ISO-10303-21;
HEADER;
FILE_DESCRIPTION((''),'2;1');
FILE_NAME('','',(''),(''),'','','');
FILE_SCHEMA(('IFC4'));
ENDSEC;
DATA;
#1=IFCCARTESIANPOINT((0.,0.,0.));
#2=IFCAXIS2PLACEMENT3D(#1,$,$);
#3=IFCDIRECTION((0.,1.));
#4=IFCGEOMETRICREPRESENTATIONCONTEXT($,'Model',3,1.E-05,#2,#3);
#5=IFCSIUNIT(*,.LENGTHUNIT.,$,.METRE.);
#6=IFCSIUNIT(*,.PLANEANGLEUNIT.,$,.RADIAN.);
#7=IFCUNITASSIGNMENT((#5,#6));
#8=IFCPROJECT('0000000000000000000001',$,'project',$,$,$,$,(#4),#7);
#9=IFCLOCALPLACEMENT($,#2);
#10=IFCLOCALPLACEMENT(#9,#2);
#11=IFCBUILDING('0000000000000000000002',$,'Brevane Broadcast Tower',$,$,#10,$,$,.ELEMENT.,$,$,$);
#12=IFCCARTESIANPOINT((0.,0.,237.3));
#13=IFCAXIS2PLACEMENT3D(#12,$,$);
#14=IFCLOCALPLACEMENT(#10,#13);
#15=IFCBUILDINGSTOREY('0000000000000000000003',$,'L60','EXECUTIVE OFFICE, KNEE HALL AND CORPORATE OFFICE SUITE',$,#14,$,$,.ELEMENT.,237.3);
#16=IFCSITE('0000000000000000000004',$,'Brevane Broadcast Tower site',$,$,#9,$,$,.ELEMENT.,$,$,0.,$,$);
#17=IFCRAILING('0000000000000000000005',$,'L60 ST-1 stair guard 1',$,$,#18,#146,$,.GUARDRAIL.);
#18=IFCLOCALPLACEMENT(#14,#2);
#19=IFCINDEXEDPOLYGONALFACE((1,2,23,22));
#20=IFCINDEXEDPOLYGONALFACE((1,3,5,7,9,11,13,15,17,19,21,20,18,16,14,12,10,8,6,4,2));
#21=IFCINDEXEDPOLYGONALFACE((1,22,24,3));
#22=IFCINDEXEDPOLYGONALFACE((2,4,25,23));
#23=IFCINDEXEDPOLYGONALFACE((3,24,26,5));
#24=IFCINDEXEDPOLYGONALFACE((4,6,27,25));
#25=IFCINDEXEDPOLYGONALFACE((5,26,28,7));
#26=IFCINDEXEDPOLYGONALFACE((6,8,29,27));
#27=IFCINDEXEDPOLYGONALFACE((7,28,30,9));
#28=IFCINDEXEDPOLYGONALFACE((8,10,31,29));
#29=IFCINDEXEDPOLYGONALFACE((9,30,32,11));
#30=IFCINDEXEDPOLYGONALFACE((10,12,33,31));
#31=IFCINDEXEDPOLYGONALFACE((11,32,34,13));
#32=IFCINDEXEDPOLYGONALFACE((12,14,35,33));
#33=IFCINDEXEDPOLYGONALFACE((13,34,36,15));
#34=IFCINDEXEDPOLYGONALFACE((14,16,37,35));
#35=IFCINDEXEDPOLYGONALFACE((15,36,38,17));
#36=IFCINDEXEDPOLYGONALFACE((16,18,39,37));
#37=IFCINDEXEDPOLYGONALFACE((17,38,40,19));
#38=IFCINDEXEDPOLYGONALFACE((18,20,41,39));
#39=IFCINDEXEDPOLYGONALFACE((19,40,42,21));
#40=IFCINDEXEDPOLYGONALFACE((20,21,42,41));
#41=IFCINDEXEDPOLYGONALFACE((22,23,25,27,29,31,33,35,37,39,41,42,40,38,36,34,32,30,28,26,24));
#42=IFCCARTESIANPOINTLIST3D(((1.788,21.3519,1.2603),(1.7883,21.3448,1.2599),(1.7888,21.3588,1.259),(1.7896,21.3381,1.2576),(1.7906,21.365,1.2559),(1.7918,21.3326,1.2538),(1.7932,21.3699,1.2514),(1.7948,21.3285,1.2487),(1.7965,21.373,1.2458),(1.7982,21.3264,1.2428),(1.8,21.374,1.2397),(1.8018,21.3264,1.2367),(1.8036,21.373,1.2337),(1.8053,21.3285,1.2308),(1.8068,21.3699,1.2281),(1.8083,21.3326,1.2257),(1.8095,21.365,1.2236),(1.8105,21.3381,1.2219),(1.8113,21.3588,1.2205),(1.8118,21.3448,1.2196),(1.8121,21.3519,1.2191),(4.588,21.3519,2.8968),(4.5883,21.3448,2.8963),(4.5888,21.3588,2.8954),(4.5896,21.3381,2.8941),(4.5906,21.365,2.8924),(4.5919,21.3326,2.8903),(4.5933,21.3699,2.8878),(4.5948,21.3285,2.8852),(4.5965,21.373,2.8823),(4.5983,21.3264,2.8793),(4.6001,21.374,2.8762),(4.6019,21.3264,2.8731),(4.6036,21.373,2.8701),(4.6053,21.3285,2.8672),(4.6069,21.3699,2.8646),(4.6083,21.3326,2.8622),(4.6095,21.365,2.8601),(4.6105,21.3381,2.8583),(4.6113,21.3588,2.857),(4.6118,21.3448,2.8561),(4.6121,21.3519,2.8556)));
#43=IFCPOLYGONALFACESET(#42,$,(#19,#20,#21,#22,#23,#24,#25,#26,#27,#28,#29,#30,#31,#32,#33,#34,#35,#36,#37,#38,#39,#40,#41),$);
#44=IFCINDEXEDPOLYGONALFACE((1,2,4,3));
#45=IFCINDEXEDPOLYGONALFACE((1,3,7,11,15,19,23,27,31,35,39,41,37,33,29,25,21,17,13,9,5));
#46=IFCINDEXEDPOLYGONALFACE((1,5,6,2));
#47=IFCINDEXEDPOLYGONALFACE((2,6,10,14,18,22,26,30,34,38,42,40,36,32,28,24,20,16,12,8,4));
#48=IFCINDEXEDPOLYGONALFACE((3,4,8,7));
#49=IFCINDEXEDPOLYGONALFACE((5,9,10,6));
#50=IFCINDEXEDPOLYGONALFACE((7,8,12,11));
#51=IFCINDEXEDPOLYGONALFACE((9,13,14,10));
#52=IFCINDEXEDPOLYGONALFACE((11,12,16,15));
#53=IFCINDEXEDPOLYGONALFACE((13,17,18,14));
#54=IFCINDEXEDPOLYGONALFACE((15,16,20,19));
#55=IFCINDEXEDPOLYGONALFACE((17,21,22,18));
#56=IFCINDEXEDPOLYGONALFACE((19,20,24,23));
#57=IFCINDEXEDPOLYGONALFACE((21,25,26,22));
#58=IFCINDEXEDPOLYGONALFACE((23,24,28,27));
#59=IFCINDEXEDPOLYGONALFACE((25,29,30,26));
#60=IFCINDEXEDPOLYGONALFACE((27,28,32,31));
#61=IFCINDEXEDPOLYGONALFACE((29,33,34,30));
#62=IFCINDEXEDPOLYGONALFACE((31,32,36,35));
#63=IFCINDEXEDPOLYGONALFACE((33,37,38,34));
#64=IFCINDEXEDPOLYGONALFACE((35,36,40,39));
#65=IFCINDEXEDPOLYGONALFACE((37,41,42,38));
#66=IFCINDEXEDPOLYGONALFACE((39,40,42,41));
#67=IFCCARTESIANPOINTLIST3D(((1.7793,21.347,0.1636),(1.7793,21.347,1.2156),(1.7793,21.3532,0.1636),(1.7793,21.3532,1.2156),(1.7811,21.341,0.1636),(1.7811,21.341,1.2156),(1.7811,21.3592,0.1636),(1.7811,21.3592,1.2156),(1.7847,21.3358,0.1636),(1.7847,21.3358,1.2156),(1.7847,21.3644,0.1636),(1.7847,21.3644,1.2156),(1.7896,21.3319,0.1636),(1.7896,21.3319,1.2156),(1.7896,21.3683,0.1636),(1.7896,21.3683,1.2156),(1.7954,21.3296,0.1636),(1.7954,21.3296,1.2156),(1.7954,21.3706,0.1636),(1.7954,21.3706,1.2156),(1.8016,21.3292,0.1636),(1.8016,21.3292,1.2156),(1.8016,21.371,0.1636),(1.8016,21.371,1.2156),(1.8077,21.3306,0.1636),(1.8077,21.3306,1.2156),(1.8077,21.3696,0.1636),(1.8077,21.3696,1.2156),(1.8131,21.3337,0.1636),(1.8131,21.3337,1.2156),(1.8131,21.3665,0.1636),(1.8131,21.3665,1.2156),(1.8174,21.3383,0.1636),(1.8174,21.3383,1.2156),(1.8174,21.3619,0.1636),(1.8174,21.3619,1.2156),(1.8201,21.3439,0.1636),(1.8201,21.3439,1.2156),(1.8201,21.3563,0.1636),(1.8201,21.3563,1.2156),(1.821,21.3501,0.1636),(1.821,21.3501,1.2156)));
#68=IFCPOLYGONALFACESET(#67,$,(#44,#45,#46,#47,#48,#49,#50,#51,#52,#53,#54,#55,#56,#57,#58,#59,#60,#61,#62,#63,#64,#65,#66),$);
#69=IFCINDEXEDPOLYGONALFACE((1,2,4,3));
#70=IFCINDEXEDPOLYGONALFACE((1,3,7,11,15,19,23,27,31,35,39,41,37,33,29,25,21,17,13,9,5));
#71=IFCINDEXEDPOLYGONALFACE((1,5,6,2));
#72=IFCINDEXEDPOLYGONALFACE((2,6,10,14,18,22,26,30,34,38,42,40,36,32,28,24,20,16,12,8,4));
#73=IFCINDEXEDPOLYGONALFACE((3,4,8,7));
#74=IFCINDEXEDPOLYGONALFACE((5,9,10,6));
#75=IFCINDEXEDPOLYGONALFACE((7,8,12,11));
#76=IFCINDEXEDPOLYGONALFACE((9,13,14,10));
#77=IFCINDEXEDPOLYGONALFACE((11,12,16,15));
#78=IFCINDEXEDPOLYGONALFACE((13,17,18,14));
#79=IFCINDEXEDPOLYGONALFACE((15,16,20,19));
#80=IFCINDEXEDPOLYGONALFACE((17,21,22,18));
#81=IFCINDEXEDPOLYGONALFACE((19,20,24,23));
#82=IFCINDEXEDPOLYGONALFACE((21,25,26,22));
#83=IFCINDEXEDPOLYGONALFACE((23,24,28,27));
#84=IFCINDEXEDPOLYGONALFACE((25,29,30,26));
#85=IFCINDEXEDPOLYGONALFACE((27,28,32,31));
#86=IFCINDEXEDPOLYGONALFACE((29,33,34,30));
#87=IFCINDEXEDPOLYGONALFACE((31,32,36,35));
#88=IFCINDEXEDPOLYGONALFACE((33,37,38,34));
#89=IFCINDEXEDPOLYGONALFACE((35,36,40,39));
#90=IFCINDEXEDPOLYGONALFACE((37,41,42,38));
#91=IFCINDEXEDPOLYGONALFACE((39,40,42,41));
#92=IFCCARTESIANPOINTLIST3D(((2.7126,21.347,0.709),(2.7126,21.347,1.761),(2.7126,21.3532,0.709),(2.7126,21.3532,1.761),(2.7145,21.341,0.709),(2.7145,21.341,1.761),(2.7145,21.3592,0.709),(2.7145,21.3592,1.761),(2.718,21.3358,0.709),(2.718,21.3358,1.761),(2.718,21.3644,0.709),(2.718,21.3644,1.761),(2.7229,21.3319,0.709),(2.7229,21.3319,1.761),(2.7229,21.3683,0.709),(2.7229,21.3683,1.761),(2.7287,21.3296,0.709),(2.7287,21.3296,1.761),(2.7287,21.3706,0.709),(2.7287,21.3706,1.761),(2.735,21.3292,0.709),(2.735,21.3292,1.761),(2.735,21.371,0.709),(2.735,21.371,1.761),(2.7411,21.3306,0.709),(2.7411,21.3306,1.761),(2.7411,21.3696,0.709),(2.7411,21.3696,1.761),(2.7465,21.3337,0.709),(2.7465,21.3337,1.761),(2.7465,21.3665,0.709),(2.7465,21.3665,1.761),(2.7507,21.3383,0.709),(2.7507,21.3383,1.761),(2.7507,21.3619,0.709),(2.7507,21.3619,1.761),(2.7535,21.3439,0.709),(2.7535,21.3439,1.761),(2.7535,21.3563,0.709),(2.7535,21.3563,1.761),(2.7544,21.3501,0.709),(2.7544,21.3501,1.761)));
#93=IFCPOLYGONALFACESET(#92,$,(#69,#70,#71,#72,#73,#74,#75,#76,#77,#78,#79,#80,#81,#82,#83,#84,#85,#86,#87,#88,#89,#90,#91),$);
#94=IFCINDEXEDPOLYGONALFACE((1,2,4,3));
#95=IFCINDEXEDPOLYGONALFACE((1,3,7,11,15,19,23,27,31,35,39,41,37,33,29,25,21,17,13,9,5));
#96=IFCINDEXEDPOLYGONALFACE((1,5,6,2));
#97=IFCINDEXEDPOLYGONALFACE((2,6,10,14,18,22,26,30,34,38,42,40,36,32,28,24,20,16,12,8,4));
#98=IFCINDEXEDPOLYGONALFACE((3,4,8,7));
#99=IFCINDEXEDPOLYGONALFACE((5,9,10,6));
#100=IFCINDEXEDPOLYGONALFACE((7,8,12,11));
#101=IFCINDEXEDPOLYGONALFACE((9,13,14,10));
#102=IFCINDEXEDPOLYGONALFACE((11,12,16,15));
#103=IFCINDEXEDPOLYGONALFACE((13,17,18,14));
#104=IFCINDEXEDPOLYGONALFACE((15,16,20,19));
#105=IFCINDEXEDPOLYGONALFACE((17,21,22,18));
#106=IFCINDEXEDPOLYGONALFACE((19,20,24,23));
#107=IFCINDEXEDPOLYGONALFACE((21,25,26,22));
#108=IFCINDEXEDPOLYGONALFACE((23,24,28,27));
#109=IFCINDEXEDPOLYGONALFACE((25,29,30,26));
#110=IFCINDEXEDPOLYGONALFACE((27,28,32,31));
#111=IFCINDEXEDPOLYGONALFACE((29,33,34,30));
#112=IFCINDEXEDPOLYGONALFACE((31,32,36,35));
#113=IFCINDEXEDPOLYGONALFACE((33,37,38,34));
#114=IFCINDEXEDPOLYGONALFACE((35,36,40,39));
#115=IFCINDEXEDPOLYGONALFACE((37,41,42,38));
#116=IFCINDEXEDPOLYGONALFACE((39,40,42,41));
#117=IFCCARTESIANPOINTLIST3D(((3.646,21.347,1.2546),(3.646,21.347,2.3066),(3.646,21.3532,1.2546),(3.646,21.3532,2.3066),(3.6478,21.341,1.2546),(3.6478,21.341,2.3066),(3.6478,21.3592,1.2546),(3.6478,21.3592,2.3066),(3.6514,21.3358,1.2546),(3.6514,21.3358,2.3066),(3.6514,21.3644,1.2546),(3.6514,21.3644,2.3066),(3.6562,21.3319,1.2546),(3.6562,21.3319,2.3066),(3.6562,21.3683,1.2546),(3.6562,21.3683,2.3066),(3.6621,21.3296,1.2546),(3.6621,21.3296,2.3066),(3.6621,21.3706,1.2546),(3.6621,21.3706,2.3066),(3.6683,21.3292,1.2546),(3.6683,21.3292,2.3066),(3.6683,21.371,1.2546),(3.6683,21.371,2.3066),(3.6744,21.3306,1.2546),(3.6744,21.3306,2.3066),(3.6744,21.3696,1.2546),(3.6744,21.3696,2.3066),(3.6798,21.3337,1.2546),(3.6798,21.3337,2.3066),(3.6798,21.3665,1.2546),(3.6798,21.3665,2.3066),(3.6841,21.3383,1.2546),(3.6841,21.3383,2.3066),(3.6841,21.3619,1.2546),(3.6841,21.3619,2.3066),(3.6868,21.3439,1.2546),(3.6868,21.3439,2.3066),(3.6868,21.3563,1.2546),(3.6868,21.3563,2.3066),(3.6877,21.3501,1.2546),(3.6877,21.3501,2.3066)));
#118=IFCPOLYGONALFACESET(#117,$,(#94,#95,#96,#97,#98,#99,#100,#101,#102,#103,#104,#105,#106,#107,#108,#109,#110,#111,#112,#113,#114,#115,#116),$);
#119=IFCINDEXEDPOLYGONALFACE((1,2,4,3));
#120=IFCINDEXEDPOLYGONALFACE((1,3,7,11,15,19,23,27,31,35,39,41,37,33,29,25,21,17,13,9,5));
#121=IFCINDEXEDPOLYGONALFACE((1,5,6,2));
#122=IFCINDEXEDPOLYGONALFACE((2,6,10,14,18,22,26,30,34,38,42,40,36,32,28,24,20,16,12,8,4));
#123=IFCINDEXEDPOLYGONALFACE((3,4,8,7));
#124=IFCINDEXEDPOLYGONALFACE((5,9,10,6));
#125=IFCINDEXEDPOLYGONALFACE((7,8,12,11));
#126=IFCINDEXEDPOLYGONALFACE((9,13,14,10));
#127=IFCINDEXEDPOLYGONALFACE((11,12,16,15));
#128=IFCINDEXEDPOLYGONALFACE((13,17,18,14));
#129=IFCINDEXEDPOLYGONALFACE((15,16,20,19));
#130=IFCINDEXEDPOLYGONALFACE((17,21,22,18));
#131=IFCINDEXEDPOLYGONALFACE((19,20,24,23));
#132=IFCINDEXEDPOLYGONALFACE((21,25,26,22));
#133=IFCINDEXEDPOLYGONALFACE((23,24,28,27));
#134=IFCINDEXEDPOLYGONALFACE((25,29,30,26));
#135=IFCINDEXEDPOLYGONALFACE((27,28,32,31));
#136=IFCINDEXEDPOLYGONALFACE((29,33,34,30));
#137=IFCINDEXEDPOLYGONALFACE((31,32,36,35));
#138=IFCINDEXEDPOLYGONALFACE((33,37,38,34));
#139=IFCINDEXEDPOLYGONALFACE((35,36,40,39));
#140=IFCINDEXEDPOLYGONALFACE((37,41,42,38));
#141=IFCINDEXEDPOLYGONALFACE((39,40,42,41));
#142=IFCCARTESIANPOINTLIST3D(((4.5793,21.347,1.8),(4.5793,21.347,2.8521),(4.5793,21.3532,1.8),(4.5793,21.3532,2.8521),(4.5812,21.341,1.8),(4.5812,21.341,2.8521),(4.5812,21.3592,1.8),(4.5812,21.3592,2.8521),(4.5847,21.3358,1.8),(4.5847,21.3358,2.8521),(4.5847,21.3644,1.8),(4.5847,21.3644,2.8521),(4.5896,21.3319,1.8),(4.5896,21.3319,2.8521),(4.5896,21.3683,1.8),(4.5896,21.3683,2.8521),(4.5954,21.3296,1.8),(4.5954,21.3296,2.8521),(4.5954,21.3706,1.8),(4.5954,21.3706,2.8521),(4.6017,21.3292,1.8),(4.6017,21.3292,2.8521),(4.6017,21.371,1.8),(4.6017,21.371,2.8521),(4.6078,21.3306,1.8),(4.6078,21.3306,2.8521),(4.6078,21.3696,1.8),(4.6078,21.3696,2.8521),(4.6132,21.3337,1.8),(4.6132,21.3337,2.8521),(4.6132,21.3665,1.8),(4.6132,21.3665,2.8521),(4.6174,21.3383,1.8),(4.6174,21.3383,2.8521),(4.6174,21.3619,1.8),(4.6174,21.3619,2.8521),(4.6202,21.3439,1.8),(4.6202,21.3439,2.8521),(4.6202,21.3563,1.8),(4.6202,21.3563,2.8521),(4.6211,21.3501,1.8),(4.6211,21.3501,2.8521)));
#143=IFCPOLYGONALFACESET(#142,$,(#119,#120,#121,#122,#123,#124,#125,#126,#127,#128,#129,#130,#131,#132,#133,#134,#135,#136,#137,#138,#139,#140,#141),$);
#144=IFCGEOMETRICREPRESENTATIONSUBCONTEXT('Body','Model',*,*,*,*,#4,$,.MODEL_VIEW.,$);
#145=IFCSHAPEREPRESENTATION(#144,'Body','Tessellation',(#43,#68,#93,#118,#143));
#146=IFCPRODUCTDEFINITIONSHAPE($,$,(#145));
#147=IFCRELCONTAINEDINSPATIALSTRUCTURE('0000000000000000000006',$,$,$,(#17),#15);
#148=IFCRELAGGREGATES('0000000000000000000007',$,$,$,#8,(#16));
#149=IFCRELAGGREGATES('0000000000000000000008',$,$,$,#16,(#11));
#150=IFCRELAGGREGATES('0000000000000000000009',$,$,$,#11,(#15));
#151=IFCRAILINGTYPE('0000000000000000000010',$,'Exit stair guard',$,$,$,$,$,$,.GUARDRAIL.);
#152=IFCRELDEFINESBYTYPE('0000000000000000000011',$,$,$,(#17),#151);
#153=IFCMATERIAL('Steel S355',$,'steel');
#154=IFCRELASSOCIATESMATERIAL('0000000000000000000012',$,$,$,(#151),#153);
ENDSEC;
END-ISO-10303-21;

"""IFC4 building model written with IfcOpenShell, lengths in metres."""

from ifc_helpers import new_model, si_unit, direction, frame, origin, origin_2d, place, context, subcontext, project, spatial, circle, extrude, material, type_object, element, save


model = new_model("IFC4")

# Units and contexts
model_context = context("Model", 3, precision=1e-05, world=origin(), true_north=direction((0.0, 1.0)))
body_context = subcontext(model_context, "Body", "Model", "MODEL_VIEW")
ifc_project = project(units=[si_unit("LENGTHUNIT", "METRE"), si_unit("PLANEANGLEUNIT", "RADIAN")], contexts=[model_context])

# Site, building, storey
site_placement = place(None, origin())
site = spatial("IfcSite", under=ifc_project, at=site_placement, Name="Brevane Broadcast Tower site", CompositionType="ELEMENT", RefElevation=0.0)
building_placement = place(site_placement, origin())
building = spatial("IfcBuilding", under=site, at=building_placement, Name="Brevane Broadcast Tower", CompositionType="ELEMENT")
storey_placement = place(building_placement, frame((0.0, 0.0, 237.3)))
storey = spatial("IfcBuildingStorey", under=building, at=storey_placement, Name="L60", Description="EXECUTIVE OFFICE, KNEE HALL AND CORPORATE OFFICE SUITE", CompositionType="ELEMENT", Elevation=237.3)

# Railing
ifc_material_1 = material(Name="Steel S355", Category="steel")
railing_type_1 = type_object("IfcRailingType", Name="Exit stair guard", PredefinedType="GUARDRAIL", material=ifc_material_1)
railing_1_placement = place(storey_placement, frame((1.8, 21.3501, 0.1636)))
element("IfcRailing", 1, at=railing_1_placement, inside=storey, type_object=railing_type_1, Name="L60 ST-1 stair guard 1", PredefinedType="GUARDRAIL", context=body_context, shape_type="SweptSolid", body=[
    extrude(circle(Radius=0.0239, at=origin_2d()), frame((0.0, 0.0, 1.0762), z_axis=(0.863361, 0.0, 0.504587), x_axis=(0.0, 1.0, 0.0)), (0.0, 0.0, 1.0), 3.2432),
    extrude(circle(Radius=0.021, at=origin_2d()), origin(), (0.0, 0.0, 1.0), 1.052),
    extrude(circle(Radius=0.021, at=origin_2d()), frame((0.9333, 0.0, 0.5454)), (0.0, 0.0, 1.0), 1.052),
    extrude(circle(Radius=0.021, at=origin_2d()), frame((1.8667, 0.0, 1.0911)), (0.0, 0.0, 1.0), 1.052),
    extrude(circle(Radius=0.021, at=origin_2d()), frame((2.8, 0.0, 1.6365)), (0.0, 0.0, 1.0), 1.052),
])

save(model, "model.ifc")
